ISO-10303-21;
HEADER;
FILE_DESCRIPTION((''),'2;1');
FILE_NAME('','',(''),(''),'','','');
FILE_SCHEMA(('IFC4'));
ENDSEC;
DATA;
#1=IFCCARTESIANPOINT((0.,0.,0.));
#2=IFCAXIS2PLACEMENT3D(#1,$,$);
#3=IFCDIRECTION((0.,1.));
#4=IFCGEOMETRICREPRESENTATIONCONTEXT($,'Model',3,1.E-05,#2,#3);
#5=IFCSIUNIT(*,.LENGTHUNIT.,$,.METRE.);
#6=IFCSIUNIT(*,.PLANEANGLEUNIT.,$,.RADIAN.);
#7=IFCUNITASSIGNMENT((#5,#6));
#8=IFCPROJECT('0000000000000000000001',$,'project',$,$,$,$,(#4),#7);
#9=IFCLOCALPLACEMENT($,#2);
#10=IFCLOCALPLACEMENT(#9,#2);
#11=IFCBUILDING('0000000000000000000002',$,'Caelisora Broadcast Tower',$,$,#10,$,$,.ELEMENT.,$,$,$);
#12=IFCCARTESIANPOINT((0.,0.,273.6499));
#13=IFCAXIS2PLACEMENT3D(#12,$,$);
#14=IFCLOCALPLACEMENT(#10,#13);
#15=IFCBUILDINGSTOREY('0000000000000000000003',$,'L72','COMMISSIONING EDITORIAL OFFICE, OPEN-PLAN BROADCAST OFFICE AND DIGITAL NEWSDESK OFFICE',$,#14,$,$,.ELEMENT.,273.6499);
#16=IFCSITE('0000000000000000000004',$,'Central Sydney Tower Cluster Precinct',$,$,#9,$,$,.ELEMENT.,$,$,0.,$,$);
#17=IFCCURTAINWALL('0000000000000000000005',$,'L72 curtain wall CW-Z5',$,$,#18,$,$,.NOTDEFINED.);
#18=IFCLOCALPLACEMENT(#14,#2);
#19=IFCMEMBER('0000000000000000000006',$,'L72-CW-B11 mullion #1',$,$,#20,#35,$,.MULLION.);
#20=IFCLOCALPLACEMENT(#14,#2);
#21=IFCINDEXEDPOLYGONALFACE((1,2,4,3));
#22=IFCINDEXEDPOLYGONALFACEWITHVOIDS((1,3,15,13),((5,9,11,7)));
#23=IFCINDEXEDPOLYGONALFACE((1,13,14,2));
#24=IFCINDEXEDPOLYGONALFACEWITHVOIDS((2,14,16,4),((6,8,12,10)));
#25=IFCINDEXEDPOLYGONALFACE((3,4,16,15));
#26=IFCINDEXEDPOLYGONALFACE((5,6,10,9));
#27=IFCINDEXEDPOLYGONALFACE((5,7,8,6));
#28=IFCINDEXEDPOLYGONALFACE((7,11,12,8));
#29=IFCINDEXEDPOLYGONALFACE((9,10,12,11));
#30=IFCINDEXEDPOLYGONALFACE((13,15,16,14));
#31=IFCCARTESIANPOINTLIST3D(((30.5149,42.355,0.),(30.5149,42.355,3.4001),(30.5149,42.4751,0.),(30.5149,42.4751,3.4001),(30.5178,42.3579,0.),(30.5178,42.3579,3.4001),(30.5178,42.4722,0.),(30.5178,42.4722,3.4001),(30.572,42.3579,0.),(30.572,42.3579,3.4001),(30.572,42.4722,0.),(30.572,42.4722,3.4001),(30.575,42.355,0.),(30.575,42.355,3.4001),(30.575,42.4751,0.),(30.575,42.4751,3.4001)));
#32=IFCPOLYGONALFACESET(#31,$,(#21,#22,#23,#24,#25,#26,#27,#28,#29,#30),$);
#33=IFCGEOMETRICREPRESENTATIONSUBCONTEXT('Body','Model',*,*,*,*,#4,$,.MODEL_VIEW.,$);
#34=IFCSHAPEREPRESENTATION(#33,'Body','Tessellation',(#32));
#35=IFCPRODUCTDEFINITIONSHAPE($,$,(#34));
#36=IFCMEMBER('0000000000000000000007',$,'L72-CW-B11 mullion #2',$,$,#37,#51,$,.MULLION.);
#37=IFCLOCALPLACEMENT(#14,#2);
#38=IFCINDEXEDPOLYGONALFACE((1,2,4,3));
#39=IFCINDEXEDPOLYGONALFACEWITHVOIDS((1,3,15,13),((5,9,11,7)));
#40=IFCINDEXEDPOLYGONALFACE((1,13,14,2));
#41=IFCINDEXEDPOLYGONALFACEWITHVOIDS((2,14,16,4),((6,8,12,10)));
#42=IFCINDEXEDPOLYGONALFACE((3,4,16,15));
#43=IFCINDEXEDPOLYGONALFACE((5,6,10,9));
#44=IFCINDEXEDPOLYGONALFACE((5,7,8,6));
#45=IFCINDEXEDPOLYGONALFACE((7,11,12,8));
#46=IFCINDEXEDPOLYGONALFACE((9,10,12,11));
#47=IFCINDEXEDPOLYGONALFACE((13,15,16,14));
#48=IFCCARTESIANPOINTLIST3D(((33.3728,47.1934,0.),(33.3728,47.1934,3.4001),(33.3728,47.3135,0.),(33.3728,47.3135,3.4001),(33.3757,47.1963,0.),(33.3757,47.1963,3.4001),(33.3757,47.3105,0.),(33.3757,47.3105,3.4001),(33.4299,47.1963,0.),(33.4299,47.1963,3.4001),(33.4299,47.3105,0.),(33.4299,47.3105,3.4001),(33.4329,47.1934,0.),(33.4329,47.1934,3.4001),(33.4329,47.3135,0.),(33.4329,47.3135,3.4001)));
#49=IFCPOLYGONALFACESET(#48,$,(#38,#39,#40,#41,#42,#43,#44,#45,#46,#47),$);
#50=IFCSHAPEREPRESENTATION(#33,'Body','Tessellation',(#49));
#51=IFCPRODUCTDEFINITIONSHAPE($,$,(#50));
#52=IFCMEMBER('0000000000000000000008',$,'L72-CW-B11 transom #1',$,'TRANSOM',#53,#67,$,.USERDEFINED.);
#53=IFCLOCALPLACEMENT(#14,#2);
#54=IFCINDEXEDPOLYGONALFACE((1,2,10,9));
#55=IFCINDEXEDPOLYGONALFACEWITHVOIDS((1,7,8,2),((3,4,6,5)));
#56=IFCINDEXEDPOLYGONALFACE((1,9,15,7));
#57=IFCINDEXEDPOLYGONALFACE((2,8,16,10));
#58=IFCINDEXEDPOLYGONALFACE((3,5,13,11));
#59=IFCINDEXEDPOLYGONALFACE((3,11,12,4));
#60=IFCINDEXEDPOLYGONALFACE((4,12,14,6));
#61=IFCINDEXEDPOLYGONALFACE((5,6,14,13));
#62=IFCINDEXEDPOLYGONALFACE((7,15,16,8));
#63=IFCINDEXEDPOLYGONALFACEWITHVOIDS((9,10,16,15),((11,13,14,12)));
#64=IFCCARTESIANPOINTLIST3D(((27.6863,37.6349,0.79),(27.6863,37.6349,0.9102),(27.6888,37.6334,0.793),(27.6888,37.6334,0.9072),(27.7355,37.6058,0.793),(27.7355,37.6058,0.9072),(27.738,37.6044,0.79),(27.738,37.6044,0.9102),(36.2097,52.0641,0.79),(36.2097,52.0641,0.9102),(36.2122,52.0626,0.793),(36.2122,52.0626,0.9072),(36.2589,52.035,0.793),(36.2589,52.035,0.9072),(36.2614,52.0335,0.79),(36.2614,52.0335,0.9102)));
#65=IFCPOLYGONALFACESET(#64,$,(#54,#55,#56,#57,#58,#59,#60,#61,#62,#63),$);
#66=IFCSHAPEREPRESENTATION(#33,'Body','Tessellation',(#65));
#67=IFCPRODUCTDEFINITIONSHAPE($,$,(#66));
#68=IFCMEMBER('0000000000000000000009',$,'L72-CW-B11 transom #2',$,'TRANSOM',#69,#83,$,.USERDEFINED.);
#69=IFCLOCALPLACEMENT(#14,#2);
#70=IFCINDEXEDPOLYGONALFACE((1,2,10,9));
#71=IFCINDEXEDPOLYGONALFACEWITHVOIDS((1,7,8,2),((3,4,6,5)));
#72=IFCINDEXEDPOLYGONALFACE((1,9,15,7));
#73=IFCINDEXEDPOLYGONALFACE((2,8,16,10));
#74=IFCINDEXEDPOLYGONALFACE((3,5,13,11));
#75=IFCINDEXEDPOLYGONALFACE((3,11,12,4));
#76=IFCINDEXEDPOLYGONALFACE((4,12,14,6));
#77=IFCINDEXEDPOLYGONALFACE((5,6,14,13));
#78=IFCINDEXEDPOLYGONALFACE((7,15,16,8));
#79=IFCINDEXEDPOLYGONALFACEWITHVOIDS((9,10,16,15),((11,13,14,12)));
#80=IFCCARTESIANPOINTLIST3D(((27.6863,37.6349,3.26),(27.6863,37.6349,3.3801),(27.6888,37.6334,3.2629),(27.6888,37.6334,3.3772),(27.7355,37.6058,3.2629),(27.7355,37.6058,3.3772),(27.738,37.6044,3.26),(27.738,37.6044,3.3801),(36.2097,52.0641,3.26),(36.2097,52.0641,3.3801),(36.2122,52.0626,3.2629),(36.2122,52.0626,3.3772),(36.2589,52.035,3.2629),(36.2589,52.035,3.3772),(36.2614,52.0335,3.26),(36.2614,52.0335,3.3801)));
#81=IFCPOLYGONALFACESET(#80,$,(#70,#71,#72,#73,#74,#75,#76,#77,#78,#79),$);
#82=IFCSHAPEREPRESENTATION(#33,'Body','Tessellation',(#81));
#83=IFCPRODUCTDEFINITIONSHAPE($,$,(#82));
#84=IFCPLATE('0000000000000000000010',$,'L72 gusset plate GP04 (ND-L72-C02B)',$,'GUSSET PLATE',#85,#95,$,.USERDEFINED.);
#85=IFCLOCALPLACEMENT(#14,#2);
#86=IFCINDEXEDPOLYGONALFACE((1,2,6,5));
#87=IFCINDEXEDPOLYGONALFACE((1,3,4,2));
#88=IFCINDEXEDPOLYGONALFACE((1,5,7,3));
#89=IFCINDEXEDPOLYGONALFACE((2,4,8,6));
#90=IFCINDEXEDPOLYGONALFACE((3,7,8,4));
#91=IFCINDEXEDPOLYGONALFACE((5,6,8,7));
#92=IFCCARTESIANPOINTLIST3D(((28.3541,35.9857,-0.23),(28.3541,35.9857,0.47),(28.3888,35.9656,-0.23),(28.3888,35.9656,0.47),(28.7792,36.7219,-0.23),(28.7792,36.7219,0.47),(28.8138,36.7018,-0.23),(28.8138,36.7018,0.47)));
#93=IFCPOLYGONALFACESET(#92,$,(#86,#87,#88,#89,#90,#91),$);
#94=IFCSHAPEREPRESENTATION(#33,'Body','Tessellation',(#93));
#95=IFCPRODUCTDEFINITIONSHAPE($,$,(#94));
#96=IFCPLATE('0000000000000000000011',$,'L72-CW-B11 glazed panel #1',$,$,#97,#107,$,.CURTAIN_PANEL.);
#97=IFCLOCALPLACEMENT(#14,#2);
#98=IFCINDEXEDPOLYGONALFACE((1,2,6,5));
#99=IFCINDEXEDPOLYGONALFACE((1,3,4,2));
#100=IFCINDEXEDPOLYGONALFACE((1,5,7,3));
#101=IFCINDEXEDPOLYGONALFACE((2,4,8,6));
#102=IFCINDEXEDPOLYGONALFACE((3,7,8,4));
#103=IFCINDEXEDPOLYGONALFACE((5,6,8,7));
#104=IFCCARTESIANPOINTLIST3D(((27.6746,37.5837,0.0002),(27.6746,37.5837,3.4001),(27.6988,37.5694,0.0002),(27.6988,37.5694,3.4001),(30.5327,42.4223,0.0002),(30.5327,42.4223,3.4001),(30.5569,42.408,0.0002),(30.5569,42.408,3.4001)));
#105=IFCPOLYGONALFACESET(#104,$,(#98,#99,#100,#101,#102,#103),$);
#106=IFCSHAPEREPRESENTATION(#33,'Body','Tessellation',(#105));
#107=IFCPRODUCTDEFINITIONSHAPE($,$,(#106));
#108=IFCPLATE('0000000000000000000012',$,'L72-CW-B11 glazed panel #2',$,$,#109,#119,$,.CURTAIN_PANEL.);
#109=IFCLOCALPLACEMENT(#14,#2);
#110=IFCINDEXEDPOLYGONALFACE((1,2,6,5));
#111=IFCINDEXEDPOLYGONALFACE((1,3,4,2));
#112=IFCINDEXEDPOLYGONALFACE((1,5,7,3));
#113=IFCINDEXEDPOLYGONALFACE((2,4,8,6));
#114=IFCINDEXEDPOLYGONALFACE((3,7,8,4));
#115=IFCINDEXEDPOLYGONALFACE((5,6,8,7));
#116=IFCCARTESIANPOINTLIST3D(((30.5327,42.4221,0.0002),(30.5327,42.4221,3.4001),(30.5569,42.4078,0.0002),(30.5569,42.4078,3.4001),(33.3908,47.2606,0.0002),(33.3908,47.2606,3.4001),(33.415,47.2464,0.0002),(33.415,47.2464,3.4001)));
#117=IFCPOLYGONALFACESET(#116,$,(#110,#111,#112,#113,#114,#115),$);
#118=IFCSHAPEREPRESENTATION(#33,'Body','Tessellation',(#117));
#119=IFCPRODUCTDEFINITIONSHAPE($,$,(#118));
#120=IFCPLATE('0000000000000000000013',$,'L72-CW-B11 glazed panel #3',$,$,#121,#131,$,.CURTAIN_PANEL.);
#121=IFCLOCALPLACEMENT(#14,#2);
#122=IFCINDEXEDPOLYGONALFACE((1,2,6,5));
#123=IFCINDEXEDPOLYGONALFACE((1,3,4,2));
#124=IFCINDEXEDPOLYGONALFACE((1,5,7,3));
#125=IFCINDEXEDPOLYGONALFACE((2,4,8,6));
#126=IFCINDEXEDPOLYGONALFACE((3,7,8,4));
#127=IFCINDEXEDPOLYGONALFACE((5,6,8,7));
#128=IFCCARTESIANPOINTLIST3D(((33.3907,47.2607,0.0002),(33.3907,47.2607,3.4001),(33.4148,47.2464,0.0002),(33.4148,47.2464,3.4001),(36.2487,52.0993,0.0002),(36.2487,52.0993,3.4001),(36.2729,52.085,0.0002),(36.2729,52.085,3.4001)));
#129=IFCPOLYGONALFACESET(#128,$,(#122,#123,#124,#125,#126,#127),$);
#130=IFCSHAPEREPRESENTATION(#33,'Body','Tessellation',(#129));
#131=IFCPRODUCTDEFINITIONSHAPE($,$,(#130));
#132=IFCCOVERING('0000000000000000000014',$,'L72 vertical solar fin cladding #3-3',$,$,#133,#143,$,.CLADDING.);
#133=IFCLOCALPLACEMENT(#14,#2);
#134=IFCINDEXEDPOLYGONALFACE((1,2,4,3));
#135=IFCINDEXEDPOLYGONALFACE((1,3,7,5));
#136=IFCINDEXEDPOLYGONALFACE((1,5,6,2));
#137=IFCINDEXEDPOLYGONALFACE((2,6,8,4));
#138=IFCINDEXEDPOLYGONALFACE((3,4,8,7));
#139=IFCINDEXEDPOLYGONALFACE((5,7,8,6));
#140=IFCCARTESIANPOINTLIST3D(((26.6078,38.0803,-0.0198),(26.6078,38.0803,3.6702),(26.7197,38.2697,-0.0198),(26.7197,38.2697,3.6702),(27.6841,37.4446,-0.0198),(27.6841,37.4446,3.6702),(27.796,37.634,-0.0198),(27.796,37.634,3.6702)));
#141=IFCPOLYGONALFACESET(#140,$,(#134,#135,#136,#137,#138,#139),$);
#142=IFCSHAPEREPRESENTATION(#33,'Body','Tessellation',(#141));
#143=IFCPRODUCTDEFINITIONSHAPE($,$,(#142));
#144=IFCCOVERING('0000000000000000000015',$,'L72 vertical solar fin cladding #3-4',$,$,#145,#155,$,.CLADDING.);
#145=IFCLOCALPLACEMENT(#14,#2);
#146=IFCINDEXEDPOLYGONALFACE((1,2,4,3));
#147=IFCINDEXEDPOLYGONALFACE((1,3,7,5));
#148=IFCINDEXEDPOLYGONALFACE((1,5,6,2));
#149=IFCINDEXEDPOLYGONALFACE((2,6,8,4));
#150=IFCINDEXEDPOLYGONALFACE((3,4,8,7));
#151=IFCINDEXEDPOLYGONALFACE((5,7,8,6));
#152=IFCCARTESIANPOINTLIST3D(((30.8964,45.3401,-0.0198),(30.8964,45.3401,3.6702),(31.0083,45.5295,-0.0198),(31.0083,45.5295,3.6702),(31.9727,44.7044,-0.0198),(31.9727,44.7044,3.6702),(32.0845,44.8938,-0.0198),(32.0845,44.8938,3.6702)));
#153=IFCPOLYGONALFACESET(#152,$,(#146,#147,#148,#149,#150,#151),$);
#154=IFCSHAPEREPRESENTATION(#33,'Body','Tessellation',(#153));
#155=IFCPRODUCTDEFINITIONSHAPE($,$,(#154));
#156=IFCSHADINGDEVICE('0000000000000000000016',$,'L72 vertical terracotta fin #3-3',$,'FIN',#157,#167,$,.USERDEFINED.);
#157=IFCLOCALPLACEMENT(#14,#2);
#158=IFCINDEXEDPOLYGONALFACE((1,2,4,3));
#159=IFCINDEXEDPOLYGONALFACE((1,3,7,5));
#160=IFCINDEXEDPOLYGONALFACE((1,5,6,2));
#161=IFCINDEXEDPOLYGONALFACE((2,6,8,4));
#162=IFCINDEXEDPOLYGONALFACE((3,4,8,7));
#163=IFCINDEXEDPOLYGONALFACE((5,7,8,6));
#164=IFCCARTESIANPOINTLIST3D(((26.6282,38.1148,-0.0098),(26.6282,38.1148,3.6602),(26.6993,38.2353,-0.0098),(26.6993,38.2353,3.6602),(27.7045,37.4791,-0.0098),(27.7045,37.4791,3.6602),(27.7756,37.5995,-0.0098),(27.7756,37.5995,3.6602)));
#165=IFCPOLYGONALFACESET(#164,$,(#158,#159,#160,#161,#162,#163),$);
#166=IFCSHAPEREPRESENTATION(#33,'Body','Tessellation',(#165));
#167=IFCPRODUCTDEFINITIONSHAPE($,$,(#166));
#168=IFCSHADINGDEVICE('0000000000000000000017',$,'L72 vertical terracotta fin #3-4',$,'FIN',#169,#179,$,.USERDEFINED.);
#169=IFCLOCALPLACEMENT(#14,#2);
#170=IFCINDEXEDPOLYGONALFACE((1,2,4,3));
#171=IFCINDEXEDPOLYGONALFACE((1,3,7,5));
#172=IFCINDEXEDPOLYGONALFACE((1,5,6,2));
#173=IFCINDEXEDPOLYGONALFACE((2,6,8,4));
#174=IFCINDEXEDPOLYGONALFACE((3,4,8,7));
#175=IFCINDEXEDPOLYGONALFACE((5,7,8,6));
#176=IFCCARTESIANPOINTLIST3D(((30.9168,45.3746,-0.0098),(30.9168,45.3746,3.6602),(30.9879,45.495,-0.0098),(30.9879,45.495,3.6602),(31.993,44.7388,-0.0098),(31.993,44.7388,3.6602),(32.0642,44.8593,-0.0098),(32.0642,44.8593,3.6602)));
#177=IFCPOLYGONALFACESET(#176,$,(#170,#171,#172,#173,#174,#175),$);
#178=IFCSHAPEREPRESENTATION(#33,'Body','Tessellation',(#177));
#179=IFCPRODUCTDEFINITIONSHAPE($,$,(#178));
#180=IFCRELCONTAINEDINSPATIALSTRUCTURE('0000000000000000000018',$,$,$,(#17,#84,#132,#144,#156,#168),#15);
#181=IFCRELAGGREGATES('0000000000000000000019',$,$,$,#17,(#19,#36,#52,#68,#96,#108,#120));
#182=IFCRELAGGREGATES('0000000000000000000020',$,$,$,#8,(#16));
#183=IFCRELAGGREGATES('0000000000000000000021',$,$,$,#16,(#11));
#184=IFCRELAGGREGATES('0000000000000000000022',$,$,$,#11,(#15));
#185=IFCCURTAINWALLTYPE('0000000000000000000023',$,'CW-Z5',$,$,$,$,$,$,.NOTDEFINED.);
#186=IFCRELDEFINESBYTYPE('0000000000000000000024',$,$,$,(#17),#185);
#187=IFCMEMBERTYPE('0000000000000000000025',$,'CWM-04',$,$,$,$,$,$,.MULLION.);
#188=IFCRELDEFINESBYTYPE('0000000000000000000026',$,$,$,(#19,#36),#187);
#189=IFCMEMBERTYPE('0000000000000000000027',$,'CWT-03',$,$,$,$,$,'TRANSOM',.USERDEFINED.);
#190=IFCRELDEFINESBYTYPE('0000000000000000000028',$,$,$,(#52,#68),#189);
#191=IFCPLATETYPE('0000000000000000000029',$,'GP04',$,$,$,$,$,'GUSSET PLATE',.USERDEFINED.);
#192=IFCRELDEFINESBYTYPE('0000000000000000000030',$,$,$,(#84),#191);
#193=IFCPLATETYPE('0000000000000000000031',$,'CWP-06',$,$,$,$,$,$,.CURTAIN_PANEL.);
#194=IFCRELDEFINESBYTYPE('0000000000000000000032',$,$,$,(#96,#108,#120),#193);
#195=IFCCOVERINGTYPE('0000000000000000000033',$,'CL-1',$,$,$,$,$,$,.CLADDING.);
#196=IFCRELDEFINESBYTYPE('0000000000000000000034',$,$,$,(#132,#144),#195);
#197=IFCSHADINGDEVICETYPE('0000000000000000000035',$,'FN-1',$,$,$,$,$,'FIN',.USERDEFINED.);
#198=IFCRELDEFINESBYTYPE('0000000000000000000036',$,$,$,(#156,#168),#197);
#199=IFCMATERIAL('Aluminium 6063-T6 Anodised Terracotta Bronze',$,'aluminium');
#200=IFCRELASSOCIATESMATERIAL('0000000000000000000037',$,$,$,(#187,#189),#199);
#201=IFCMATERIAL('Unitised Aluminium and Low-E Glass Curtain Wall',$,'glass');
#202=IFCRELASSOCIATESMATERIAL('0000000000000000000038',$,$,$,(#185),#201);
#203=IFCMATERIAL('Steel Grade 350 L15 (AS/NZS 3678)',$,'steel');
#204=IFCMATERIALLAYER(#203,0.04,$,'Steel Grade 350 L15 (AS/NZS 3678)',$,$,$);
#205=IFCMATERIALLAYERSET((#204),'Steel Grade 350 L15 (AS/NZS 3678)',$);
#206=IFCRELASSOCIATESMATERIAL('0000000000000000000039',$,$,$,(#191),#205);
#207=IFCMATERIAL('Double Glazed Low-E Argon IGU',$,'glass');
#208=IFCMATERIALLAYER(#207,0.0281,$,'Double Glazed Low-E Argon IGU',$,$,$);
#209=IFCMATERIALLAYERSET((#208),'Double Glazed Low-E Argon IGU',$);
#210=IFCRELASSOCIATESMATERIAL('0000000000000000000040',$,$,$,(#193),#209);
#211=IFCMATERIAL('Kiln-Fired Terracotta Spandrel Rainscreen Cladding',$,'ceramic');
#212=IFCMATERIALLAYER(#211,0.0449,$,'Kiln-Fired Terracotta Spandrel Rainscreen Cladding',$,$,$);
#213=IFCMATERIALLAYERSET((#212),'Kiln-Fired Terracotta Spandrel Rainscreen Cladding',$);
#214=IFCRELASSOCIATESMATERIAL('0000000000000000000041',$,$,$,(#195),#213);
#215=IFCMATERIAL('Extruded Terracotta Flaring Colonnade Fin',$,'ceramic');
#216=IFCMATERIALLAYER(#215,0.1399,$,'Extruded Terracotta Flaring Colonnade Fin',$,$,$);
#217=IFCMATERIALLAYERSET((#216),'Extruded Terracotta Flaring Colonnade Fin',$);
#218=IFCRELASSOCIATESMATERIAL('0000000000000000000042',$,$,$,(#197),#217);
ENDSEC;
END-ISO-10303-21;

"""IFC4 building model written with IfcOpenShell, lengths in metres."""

from ifc_helpers import new_model, si_unit, direction, frame, origin, origin_2d, place, context, subcontext, project, spatial, rectangle, hollow_rectangle, extrude, source, transform, mapped, material, layer, layer_set, material_profile, profile_set, type_object, type_shapes, element, aggregate, save


model = new_model("IFC4")

# Units and contexts
model_context = context("Model", 3, precision=1e-05, world=origin(), true_north=direction((0.0, 1.0)))
body_context = subcontext(model_context, "Body", "Model", "MODEL_VIEW")
ifc_project = project(units=[si_unit("LENGTHUNIT", "METRE"), si_unit("PLANEANGLEUNIT", "RADIAN")], contexts=[model_context])

# Site, building, storey
site_placement = place(None, origin())
site = spatial("IfcSite", under=ifc_project, at=site_placement, Name="Central Sydney Tower Cluster Precinct", CompositionType="ELEMENT", RefElevation=0.0)
building_placement = place(site_placement, origin())
building = spatial("IfcBuilding", under=site, at=building_placement, Name="Caelisora Broadcast Tower", CompositionType="ELEMENT")
storey_placement = place(building_placement, frame((0.0, 0.0, 273.6499)))
storey = spatial("IfcBuildingStorey", under=building, at=storey_placement, Name="L72", Description="COMMISSIONING EDITORIAL OFFICE, OPEN-PLAN BROADCAST OFFICE AND DIGITAL NEWSDESK OFFICE", CompositionType="ELEMENT", Elevation=273.6499)

# Shared definitions
ifc_material_1 = material(Name="Steel Grade 350 L15 (AS/NZS 3678)", Category="steel")

# Shared definitions
ifc_material_2 = material(Name="Aluminium 6063-T6 Anodised Terracotta Bronze", Category="aluminium")
ifc_material_profile_1 = material_profile(ifc_material_2, hollow_rectangle(XDim=0.0601, YDim=0.1201, WallThickness=0.0029, at=origin_2d()), Name="Aluminium 6063-T6 Anodised Terracotta Bronze")
ifc_profile_set_1 = profile_set([ifc_material_profile_1], Name="Aluminium 6063-T6 Anodised Terracotta Bronze")
member_type_1 = type_object("IfcMemberType", Name="CWM-04", PredefinedType="MULLION", material=ifc_profile_set_1)
shared_shape_1 = source(origin(), body_context, "Body", "SweptSolid", [
    extrude(hollow_rectangle(XDim=0.0601, YDim=0.1201, WallThickness=0.0029, at=origin_2d()), origin(), (0.0, 0.0, 1.0), 3.4001),
])
type_shapes(member_type_1, [shared_shape_1])

# Curtain wall, members
ifc_material_3 = material(Name="Unitised Aluminium and Low-E Glass Curtain Wall", Category="glass")
curtain_wall_type_1 = type_object("IfcCurtainWallType", Name="CW-Z5", PredefinedType="NOTDEFINED", material=ifc_material_3)
curtain_wall_1_placement = place(storey_placement, origin())
curtain_wall_1 = element("IfcCurtainWall", 1, at=curtain_wall_1_placement, inside=storey, type_object=curtain_wall_type_1, Name="L72 curtain wall CW-Z5", PredefinedType="NOTDEFINED")
member_1_placement = place(storey_placement, frame((30.5449, 42.415, 0.0), z_axis=(0.0, 0.0, 1.0), x_axis=(1.0, 0.0, 0.0)))
member_1 = element("IfcMember", 2, at=member_1_placement, type_object=member_type_1, Name="L72-CW-B11 mullion #1", PredefinedType="MULLION", context=body_context, shape_type="MappedRepresentation", body=[
    mapped(shared_shape_1, transform((0.0, 0.0, 0.0), scale=1.0)),
])
member_2_placement = place(storey_placement, frame((33.4028, 47.2534, 0.0), z_axis=(0.0, 0.0, 1.0), x_axis=(1.0, 0.0, 0.0)))
member_2 = element("IfcMember", 3, at=member_2_placement, type_object=member_type_1, Name="L72-CW-B11 mullion #2", PredefinedType="MULLION", context=body_context, shape_type="MappedRepresentation", body=[
    mapped(shared_shape_1, transform((0.0, 0.0, 0.0), scale=1.0)),
])
ifc_material_profile_2 = material_profile(ifc_material_2, hollow_rectangle(XDim=0.0601, YDim=0.1201, WallThickness=0.0029, at=origin_2d()), Name="Aluminium 6063-T6 Anodised Terracotta Bronze")
ifc_profile_set_2 = profile_set([ifc_material_profile_2], Name="Aluminium 6063-T6 Anodised Terracotta Bronze")
member_type_2 = type_object("IfcMemberType", Name="CWT-03", ElementType="TRANSOM", PredefinedType="USERDEFINED", material=ifc_profile_set_2)
shared_shape_2 = source(origin(), body_context, "Body", "SweptSolid", [
    extrude(hollow_rectangle(XDim=0.0601, YDim=0.1201, WallThickness=0.0029, at=origin_2d()), origin(), (0.0, 0.0, 1.0), 16.7585),
])
type_shapes(member_type_2, [shared_shape_2])
member_3_placement = place(storey_placement, frame((27.7122, 37.6196, 0.8501), z_axis=(0.508601, 0.861003, 0.0), x_axis=(-0.861003, 0.508601, 0.0)))
member_3 = element("IfcMember", 4, at=member_3_placement, type_object=member_type_2, Name="L72-CW-B11 transom #1", ObjectType="TRANSOM", PredefinedType="USERDEFINED", context=body_context, shape_type="MappedRepresentation", body=[
    mapped(shared_shape_2, transform((0.0, 0.0, 0.0), scale=1.0)),
])
member_4_placement = place(storey_placement, frame((27.7122, 37.6196, 3.3201), z_axis=(0.508601, 0.861003, 0.0), x_axis=(-0.861003, 0.508601, 0.0)))
member_4 = element("IfcMember", 5, at=member_4_placement, type_object=member_type_2, Name="L72-CW-B11 transom #2", ObjectType="TRANSOM", PredefinedType="USERDEFINED", context=body_context, shape_type="MappedRepresentation", body=[
    mapped(shared_shape_2, transform((0.0, 0.0, 0.0), scale=1.0)),
])

# Plates
ifc_layer_1 = layer(ifc_material_1, 0.04, Name="Steel Grade 350 L15 (AS/NZS 3678)")
ifc_layer_set_1 = layer_set([ifc_layer_1], Name="Steel Grade 350 L15 (AS/NZS 3678)")
plate_type_1 = type_object("IfcPlateType", Name="GP04", ElementType="GUSSET PLATE", PredefinedType="USERDEFINED", material=ifc_layer_set_1)
shared_shape_3 = source(origin(), body_context, "Body", "SweptSolid", [
    extrude(rectangle(XDim=0.8501, YDim=0.04, at=origin_2d()), origin(), (0.0, 0.0, 1.0), 0.7),
])
type_shapes(plate_type_1, [shared_shape_3])
plate_1_placement = place(storey_placement, frame((28.584, 36.3438, -0.23), z_axis=(0.0, 0.0, 1.0), x_axis=(-0.5, -0.866025, 0.0)))
element("IfcPlate", 6, at=plate_1_placement, inside=storey, type_object=plate_type_1, Name="L72 gusset plate GP04 (ND-L72-C02B)", ObjectType="GUSSET PLATE", PredefinedType="USERDEFINED", context=body_context, shape_type="MappedRepresentation", body=[
    mapped(shared_shape_3, transform((0.0, 0.0, 0.0), scale=1.0)),
])
ifc_material_4 = material(Name="Double Glazed Low-E Argon IGU", Category="glass")
ifc_layer_2 = layer(ifc_material_4, 0.0281, Name="Double Glazed Low-E Argon IGU")
ifc_layer_set_2 = layer_set([ifc_layer_2], Name="Double Glazed Low-E Argon IGU")
plate_type_2 = type_object("IfcPlateType", Name="CWP-06", PredefinedType="CURTAIN_PANEL", material=ifc_layer_set_2)
shared_shape_4 = source(origin(), body_context, "Body", "SweptSolid", [
    extrude(rectangle(XDim=5.6196, YDim=0.0281, at=origin_2d()), origin(), (0.0, 0.0, 1.0), 3.3999),
])
type_shapes(plate_type_2, [shared_shape_4])
plate_2_placement = place(storey_placement, frame((29.1157, 39.9958, 0.0002), z_axis=(0.0, 0.0, 1.0), x_axis=(0.508591, 0.861008, 0.0)))
plate_2 = element("IfcPlate", 7, at=plate_2_placement, type_object=plate_type_2, Name="L72-CW-B11 glazed panel #1", PredefinedType="CURTAIN_PANEL", context=body_context, shape_type="MappedRepresentation", body=[
    mapped(shared_shape_4, transform((0.0, 0.0, 0.0), scale=1.0)),
])
plate_3_placement = place(storey_placement, frame((31.9739, 44.8342, 0.0002), z_axis=(0.0, 0.0, 1.0), x_axis=(0.508591, 0.861008, 0.0)))
plate_3 = element("IfcPlate", 8, at=plate_3_placement, type_object=plate_type_2, Name="L72-CW-B11 glazed panel #2", PredefinedType="CURTAIN_PANEL", context=body_context, shape_type="MappedRepresentation", body=[
    mapped(shared_shape_4, transform((0.0, 0.0, 0.0), scale=1.0)),
])
plate_4_placement = place(storey_placement, frame((34.8318, 49.6729, 0.0002), z_axis=(0.0, 0.0, 1.0), x_axis=(0.508591, 0.861008, 0.0)))
plate_4 = element("IfcPlate", 9, at=plate_4_placement, type_object=plate_type_2, Name="L72-CW-B11 glazed panel #3", PredefinedType="CURTAIN_PANEL", context=body_context, shape_type="MappedRepresentation", body=[
    mapped(shared_shape_4, transform((0.0, 0.0, 0.0), scale=1.0)),
])
aggregate(curtain_wall_1, [member_1, member_2, member_3, member_4, plate_2, plate_3, plate_4])

# Coverings
ifc_material_5 = material(Name="Kiln-Fired Terracotta Spandrel Rainscreen Cladding", Category="ceramic")
ifc_layer_3 = layer(ifc_material_5, 0.0449, Name="Kiln-Fired Terracotta Spandrel Rainscreen Cladding")
ifc_layer_set_3 = layer_set([ifc_layer_3], Name="Kiln-Fired Terracotta Spandrel Rainscreen Cladding")
covering_type = type_object("IfcCoveringType", Name="CL-1", PredefinedType="CLADDING", material=ifc_layer_set_3)
shared_shape_5 = source(origin(), body_context, "Body", "SweptSolid", [
    extrude(rectangle(XDim=0.22, YDim=1.25, at=origin_2d()), origin(), (0.0, 0.0, 1.0), 3.6899),
])
type_shapes(covering_type, [shared_shape_5])
for number, where, z_axis, x_axis, name in (
    (10, (27.2019, 37.8572, -0.0198), (0.0, 0.0, 1.0), (0.508591, 0.861008, 0.0), "L72 vertical solar fin cladding #3-3"),
    (11, (31.4905, 45.1169, -0.0198), (0.0, 0.0, 1.0), (0.508591, 0.861008, 0.0), "L72 vertical solar fin cladding #3-4"),
):
    element("IfcCovering", number, at=place(storey_placement, frame(where, z_axis=z_axis, x_axis=x_axis)), inside=storey, type_object=covering_type, Name=name, PredefinedType="CLADDING", context=body_context, shape_type="MappedRepresentation", body=[
        mapped(shared_shape_5, transform((0.0, 0.0, 0.0), scale=1.0)),
    ])

# Shading devices
ifc_material_6 = material(Name="Extruded Terracotta Flaring Colonnade Fin", Category="ceramic")
ifc_layer_4 = layer(ifc_material_6, 0.1399, Name="Extruded Terracotta Flaring Colonnade Fin")
ifc_layer_set_4 = layer_set([ifc_layer_4], Name="Extruded Terracotta Flaring Colonnade Fin")
shading_device_type = type_object("IfcShadingDeviceType", Name="FN-1", ElementType="FIN", PredefinedType="USERDEFINED", material=ifc_layer_set_4)
shared_shape_6 = source(origin(), body_context, "Body", "SweptSolid", [
    extrude(rectangle(XDim=0.1399, YDim=1.25, at=origin_2d()), origin(), (0.0, 0.0, 1.0), 3.6699),
])
type_shapes(shading_device_type, [shared_shape_6])
for number, where, z_axis, x_axis, name in (
    (12, (27.2019, 37.8572, -0.0098), (0.0, 0.0, 1.0), (0.508591, 0.861008, 0.0), "L72 vertical terracotta fin #3-3"),
    (13, (31.4905, 45.1169, -0.0098), (0.0, 0.0, 1.0), (0.508591, 0.861008, 0.0), "L72 vertical terracotta fin #3-4"),
):
    element("IfcShadingDevice", number, at=place(storey_placement, frame(where, z_axis=z_axis, x_axis=x_axis)), inside=storey, type_object=shading_device_type, Name=name, ObjectType="FIN", PredefinedType="USERDEFINED", context=body_context, shape_type="MappedRepresentation", body=[
        mapped(shared_shape_6, transform((0.0, 0.0, 0.0), scale=1.0)),
    ])

save(model, "model.ifc")
